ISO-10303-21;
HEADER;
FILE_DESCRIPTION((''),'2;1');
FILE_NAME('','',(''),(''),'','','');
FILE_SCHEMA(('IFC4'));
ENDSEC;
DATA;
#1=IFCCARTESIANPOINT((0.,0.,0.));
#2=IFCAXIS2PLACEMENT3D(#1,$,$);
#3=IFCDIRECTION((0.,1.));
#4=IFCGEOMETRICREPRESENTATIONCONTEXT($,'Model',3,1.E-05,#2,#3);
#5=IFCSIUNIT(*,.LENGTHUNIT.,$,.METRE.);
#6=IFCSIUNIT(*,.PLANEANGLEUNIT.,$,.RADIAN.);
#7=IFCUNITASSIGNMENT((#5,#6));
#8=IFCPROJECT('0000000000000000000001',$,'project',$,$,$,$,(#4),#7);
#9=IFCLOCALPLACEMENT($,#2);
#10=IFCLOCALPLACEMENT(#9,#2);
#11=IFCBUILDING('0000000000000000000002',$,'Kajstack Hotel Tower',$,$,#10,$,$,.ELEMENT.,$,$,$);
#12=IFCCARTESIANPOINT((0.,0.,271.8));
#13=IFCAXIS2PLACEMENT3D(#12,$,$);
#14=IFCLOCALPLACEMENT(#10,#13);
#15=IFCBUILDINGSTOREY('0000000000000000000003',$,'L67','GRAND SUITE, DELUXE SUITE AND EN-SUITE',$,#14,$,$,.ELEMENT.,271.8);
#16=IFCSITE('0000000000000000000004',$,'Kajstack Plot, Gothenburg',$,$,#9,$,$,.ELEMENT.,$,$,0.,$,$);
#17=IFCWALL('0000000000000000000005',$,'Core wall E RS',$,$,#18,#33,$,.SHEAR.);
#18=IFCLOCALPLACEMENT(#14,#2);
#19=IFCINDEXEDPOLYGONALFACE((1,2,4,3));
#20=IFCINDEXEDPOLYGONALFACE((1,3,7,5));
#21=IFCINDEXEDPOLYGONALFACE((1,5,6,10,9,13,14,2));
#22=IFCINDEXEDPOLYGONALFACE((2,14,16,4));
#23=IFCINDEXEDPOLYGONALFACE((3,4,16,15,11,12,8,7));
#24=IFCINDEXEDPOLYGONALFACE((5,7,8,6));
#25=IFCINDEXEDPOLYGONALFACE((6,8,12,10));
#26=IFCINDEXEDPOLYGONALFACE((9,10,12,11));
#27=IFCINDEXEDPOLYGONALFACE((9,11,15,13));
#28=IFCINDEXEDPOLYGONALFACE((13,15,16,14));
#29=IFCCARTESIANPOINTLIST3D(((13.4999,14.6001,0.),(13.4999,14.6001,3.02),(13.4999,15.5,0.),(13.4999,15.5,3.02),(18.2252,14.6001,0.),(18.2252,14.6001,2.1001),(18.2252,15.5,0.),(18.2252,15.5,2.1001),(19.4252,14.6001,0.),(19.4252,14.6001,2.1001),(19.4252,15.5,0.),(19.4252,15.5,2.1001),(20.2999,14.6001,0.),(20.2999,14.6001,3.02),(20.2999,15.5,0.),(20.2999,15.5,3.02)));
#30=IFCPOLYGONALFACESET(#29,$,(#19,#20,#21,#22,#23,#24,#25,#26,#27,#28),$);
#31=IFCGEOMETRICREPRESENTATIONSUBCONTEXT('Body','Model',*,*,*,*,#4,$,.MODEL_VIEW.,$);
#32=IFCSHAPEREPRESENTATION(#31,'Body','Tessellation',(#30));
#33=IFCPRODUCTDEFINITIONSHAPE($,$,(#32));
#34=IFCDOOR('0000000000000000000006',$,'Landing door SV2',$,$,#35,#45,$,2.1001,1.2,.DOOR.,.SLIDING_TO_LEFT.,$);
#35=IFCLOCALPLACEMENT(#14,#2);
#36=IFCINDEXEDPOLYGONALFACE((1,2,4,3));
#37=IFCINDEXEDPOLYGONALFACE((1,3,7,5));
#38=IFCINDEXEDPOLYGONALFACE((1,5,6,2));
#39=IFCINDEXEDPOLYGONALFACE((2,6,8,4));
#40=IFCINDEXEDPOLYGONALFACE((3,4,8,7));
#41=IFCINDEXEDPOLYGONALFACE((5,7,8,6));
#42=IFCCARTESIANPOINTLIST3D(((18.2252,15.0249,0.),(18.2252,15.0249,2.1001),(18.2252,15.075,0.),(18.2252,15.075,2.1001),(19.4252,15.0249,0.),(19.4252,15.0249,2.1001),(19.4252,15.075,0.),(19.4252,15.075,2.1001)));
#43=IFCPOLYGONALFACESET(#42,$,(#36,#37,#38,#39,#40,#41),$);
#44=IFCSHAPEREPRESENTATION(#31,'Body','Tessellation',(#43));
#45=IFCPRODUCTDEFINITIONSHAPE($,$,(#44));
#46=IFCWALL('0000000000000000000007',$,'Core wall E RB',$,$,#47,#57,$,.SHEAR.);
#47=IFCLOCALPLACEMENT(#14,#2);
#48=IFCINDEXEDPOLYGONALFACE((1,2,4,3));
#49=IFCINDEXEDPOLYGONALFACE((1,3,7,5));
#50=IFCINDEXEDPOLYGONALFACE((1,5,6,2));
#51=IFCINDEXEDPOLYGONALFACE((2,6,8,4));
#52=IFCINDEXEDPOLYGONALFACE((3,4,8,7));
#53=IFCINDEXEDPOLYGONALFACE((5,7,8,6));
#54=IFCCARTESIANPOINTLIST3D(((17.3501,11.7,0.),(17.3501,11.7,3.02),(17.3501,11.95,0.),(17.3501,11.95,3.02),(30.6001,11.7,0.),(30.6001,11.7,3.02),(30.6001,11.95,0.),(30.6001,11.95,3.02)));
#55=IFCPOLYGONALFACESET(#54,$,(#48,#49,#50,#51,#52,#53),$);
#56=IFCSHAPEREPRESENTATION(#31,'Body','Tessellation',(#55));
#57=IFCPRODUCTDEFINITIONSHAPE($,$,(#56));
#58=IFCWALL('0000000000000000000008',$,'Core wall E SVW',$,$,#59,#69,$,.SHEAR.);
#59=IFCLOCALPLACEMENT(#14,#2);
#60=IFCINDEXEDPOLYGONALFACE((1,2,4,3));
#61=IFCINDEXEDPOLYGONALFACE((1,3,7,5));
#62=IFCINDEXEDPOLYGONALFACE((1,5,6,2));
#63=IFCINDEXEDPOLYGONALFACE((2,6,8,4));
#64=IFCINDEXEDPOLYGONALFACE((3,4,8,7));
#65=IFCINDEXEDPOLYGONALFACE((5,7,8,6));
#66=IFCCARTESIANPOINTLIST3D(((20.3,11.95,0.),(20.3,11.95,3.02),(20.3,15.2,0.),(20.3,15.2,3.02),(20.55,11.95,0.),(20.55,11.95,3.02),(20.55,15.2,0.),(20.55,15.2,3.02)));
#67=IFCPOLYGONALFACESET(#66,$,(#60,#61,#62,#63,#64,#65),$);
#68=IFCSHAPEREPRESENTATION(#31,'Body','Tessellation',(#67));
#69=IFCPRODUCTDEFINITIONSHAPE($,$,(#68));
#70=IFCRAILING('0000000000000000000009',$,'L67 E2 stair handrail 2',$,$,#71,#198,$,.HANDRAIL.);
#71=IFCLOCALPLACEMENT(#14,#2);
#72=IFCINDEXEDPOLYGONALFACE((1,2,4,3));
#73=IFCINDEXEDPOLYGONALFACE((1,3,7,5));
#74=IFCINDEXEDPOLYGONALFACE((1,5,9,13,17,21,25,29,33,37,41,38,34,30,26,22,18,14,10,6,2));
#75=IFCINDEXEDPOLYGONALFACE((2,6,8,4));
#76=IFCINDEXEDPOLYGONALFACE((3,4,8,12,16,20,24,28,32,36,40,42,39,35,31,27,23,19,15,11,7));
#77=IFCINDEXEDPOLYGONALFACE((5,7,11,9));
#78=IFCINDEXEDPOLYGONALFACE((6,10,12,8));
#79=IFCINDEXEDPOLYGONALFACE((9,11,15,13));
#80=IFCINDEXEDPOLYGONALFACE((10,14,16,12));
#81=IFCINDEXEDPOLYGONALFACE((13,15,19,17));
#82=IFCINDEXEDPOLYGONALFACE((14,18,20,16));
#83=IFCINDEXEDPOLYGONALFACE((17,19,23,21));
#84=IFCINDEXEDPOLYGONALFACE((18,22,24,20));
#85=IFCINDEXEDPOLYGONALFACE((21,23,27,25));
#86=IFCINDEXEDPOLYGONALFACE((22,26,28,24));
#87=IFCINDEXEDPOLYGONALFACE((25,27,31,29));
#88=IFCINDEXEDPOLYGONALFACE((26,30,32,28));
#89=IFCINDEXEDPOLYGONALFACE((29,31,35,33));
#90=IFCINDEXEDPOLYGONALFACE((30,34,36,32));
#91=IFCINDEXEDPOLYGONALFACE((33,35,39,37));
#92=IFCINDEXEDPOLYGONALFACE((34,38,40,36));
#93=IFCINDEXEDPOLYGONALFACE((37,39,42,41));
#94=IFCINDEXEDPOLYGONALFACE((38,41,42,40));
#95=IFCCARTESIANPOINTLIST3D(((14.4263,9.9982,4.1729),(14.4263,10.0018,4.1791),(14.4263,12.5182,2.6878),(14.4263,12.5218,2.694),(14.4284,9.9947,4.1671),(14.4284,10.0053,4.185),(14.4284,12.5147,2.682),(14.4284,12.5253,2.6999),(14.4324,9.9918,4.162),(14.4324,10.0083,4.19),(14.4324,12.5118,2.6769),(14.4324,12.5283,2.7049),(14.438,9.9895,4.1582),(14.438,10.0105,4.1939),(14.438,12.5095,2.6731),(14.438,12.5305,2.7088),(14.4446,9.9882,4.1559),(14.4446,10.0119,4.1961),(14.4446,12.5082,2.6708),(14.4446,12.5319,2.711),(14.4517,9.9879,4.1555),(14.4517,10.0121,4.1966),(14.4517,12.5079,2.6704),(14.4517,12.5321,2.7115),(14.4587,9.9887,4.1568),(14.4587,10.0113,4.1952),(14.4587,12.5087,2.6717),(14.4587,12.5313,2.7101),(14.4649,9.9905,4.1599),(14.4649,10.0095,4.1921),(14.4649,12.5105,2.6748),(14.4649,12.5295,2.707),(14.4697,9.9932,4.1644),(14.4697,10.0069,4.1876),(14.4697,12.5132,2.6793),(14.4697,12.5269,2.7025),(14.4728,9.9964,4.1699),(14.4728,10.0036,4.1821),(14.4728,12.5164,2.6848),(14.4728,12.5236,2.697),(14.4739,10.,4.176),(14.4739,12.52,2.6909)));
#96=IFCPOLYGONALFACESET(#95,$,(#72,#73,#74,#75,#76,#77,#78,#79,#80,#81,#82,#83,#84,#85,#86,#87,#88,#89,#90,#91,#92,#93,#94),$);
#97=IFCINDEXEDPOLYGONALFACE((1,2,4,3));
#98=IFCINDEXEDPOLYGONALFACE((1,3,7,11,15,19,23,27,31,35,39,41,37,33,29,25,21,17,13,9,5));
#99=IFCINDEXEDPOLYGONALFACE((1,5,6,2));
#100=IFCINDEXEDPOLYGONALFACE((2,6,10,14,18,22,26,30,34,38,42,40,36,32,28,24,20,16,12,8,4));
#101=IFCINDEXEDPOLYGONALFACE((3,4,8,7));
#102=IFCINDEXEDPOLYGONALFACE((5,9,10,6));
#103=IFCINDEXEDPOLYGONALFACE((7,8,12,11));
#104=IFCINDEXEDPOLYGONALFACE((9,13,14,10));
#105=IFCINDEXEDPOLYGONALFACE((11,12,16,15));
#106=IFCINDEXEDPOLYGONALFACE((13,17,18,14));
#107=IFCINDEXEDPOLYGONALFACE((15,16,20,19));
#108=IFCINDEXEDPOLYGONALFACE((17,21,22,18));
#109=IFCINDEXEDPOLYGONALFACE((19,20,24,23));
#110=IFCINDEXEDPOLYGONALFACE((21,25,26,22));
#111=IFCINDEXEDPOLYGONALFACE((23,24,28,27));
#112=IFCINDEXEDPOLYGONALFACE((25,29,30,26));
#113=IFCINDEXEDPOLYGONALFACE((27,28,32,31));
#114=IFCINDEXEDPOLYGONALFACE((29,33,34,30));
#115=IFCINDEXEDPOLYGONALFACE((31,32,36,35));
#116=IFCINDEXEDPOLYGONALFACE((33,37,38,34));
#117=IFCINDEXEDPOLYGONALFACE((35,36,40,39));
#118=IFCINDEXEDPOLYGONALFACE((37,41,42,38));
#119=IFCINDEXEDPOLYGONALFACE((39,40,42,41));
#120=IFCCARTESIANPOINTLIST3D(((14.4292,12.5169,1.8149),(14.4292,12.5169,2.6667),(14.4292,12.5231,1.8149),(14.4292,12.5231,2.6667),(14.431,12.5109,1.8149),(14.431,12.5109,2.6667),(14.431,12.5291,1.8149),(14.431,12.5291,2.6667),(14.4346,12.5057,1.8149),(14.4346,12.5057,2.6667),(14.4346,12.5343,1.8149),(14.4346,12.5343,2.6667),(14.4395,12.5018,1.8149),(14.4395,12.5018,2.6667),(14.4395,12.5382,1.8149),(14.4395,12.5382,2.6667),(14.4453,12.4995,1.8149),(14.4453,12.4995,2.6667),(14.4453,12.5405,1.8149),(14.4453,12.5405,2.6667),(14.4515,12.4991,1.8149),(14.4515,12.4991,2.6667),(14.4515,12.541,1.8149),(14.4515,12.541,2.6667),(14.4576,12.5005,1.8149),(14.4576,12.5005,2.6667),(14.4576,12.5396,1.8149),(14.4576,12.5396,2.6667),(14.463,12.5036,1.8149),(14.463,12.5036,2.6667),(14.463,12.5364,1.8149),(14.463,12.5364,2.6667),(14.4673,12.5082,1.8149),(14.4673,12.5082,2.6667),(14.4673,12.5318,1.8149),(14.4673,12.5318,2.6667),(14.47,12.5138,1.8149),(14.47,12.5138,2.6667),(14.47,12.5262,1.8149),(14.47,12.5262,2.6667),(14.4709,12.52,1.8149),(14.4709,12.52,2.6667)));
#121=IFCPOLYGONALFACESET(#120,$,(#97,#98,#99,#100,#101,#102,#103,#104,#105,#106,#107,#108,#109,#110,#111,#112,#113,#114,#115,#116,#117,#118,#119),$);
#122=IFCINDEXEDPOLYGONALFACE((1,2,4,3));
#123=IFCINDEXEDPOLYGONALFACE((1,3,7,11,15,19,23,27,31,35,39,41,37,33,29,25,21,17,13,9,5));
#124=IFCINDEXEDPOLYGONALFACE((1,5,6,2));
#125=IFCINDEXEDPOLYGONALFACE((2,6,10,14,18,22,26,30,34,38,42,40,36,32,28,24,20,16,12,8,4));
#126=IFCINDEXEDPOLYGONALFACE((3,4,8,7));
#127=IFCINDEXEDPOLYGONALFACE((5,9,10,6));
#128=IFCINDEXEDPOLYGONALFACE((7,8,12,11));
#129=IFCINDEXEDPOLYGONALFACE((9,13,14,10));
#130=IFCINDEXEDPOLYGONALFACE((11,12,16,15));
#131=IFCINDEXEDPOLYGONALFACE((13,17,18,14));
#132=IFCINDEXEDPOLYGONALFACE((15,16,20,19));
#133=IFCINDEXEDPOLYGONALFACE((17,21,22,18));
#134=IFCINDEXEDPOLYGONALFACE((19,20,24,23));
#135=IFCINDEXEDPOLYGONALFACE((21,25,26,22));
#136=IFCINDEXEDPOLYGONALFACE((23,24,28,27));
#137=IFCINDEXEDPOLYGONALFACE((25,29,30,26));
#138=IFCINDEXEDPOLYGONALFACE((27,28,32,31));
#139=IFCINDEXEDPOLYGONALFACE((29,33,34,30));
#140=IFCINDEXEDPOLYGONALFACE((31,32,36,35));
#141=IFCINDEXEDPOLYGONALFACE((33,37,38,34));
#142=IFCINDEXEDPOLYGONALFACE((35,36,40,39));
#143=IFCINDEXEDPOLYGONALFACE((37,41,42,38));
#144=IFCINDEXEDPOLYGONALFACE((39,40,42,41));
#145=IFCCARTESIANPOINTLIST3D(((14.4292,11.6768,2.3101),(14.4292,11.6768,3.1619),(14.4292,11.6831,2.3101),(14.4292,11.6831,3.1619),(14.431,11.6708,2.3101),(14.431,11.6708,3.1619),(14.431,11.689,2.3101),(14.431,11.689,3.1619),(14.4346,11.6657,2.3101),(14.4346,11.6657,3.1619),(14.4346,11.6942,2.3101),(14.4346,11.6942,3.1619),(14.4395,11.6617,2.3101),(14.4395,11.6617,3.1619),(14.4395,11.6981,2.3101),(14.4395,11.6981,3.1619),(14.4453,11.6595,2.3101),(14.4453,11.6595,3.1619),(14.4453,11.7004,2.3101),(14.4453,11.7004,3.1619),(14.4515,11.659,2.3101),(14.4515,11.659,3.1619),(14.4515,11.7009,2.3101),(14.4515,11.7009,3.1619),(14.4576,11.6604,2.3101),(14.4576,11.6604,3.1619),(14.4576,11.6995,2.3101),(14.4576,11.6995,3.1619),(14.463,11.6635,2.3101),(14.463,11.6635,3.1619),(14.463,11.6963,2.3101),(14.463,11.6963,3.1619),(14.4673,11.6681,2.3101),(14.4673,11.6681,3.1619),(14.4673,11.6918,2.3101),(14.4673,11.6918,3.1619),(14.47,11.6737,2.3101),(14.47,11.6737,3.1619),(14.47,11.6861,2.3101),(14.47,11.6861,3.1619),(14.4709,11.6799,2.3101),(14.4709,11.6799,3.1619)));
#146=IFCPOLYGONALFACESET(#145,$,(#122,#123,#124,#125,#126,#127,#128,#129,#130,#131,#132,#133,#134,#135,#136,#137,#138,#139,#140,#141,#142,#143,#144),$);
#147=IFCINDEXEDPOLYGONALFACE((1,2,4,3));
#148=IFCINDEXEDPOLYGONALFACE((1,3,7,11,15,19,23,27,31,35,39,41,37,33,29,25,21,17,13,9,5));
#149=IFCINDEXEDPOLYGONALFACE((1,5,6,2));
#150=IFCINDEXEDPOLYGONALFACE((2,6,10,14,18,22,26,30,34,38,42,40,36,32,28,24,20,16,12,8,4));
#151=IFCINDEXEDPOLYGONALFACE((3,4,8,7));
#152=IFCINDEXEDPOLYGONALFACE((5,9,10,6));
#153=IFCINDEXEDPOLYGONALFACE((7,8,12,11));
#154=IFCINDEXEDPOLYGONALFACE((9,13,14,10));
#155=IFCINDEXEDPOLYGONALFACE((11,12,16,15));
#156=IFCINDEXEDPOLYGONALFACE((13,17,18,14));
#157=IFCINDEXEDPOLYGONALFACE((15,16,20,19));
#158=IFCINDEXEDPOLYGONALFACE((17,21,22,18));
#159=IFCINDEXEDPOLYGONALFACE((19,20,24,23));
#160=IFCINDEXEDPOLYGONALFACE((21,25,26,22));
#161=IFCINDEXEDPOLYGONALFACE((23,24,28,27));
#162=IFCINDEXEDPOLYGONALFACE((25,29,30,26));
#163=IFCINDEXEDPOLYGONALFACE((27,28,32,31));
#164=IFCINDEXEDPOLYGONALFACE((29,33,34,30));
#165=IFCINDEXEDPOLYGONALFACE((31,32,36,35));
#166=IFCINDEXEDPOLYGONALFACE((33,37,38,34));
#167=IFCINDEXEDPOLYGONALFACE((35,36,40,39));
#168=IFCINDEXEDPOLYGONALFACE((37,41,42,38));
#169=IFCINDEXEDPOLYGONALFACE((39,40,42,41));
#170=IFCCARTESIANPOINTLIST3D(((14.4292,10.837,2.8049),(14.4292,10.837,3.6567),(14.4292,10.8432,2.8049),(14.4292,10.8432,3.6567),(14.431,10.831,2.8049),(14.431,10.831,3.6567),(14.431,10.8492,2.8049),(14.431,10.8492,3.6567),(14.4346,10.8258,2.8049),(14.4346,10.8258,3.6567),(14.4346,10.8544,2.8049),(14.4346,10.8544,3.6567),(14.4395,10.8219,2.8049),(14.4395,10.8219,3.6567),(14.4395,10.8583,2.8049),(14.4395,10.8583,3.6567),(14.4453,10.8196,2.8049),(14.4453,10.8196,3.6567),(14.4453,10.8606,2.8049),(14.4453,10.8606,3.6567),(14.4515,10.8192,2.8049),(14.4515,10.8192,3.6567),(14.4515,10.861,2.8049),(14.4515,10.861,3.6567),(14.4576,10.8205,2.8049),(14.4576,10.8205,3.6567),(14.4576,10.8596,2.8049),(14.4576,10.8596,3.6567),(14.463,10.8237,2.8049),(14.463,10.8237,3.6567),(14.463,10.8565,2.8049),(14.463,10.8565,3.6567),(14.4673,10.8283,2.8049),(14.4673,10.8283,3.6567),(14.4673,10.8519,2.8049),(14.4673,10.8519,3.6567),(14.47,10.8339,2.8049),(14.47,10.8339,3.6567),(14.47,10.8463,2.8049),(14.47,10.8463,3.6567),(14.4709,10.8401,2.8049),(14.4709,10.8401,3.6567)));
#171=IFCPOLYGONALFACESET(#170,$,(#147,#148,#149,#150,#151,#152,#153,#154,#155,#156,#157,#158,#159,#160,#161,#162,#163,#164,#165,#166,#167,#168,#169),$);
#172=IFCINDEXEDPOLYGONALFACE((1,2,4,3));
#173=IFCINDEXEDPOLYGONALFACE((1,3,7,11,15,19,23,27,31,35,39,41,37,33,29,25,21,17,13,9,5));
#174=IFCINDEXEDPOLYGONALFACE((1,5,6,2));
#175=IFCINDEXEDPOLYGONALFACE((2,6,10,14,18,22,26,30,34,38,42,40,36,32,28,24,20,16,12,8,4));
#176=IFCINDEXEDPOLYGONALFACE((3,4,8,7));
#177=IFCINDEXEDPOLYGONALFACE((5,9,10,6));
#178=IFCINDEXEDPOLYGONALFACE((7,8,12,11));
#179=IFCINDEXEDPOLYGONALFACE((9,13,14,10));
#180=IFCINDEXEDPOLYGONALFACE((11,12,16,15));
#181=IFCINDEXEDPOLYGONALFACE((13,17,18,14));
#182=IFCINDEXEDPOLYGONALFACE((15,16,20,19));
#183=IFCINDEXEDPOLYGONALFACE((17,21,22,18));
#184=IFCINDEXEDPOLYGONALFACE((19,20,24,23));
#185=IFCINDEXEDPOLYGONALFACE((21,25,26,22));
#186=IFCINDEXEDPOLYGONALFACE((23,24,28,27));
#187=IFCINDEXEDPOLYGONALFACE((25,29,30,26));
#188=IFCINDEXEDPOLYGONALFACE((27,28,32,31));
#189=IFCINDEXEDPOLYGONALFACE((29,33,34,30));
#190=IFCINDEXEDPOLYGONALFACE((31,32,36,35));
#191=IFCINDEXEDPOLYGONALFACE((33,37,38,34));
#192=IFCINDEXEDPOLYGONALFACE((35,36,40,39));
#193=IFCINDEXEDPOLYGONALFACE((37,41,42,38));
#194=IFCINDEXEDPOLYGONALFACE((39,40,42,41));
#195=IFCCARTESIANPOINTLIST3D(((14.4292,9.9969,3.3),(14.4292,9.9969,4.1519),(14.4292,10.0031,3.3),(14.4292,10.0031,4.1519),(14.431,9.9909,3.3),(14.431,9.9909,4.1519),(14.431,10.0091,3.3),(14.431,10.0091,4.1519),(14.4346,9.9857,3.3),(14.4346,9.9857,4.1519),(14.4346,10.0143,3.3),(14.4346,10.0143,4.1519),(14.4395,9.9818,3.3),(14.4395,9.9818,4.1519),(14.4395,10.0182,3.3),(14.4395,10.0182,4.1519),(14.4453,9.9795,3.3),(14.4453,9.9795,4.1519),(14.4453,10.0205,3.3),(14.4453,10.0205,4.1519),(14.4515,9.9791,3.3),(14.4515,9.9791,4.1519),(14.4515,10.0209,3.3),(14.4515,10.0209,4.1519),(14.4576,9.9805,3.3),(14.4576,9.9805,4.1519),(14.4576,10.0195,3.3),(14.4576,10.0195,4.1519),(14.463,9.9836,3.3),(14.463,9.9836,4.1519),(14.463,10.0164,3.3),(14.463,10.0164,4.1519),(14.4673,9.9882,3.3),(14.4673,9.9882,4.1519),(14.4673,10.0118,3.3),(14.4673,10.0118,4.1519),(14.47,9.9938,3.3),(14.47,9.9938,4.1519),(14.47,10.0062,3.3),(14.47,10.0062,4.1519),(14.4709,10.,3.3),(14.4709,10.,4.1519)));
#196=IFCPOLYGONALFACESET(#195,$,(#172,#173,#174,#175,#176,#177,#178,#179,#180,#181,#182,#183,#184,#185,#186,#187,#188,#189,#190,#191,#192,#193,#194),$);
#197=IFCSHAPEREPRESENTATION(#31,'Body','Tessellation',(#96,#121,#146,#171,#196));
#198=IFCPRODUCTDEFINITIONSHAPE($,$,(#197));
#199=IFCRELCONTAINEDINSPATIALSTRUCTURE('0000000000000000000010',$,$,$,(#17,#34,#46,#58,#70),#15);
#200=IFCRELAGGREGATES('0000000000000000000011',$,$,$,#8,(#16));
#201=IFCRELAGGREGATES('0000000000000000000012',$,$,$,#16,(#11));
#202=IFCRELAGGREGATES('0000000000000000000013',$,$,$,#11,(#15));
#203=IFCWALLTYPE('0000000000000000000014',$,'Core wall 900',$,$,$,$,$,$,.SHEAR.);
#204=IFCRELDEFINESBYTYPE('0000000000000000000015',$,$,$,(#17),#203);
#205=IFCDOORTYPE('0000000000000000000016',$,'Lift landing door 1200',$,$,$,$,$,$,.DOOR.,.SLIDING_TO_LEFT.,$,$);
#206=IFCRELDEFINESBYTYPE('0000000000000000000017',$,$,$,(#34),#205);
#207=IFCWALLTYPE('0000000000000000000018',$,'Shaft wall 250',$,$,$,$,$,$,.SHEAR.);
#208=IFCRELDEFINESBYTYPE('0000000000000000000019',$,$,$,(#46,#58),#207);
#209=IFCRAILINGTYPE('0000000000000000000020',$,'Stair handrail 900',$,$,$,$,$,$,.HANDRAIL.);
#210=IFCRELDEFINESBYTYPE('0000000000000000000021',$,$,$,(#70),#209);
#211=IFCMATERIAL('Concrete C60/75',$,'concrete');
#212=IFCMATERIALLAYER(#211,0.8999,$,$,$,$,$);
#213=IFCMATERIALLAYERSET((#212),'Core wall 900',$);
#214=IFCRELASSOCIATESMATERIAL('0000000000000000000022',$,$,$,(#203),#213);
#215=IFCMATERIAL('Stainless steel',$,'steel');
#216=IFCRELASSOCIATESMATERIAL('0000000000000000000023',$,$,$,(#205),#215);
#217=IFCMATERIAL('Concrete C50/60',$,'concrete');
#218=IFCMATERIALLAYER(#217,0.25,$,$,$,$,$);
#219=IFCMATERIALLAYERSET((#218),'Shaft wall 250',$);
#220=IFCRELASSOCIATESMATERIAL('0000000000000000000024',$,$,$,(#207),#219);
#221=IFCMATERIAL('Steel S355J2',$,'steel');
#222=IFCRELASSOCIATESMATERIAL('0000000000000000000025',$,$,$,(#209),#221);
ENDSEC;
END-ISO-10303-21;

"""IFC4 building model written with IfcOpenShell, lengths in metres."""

from ifc_helpers import new_model, si_unit, direction, frame, frame_2d, origin, origin_2d, place, context, subcontext, project, spatial, rectangle, circle, extrude, material, layer, layer_set, type_object, element, fill, save


model = new_model("IFC4")

# Units and contexts
model_context = context("Model", 3, precision=1e-05, world=origin(), true_north=direction((0.0, 1.0)))
body_context = subcontext(model_context, "Body", "Model", "MODEL_VIEW")
ifc_project = project(units=[si_unit("LENGTHUNIT", "METRE"), si_unit("PLANEANGLEUNIT", "RADIAN")], contexts=[model_context])

# Site, building, storey
site_placement = place(None, origin())
site = spatial("IfcSite", under=ifc_project, at=site_placement, Name="Kajstack Plot, Gothenburg", CompositionType="ELEMENT", RefElevation=0.0)
building_placement = place(site_placement, origin())
building = spatial("IfcBuilding", under=site, at=building_placement, Name="Kajstack Hotel Tower", CompositionType="ELEMENT")
storey_placement = place(building_placement, frame((0.0, 0.0, 271.8)))
storey = spatial("IfcBuildingStorey", under=building, at=storey_placement, Name="L67", Description="GRAND SUITE, DELUXE SUITE AND EN-SUITE", CompositionType="ELEMENT", Elevation=271.8)

# Wall, opening, door
ifc_material_1 = material(Name="Concrete C60/75", Category="concrete")
ifc_layer_1 = layer(ifc_material_1, 0.8999)
ifc_layer_set_1 = layer_set([ifc_layer_1], Name="Core wall 900")
wall_type_1 = type_object("IfcWallType", Name="Core wall 900", PredefinedType="SHEAR", material=ifc_layer_set_1)
wall_1_placement = place(storey_placement, frame((13.5, 15.05, 0.0), z_axis=(0.0, 0.0, 1.0), x_axis=(1.0, 0.0, 0.0)))
wall_1 = element("IfcWall", 1, at=wall_1_placement, inside=storey, type_object=wall_type_1, Name="Core wall E RS", PredefinedType="SHEAR", context=body_context, shape_type="SweptSolid", body=[
    extrude(rectangle(XDim=6.8, YDim=0.8999, at=frame_2d((3.3999, 0.0))), origin(), (0.0, 0.0, 1.0), 3.02),
])
opening_placement = place(wall_1_placement, frame((4.7251, 0.0, 0.0)))
opening = element("IfcOpeningElement", 2, at=opening_placement, cuts=wall_1, PredefinedType="OPENING", context=body_context, shape_type="SweptSolid", body=[
    extrude(rectangle(XDim=1.2, YDim=2.1001, at=frame_2d((0.6001, 1.05))), frame((0.0, 0.46, 0.0), z_axis=(0.0, -1.0, 0.0), x_axis=(1.0, 0.0, 0.0)), (0.0, 0.0, 1.0), 0.9199),
])
ifc_material_2 = material(Name="Stainless steel", Category="steel")
door_type = type_object("IfcDoorType", Name="Lift landing door 1200", OperationType="SLIDING_TO_LEFT", PredefinedType="DOOR", material=ifc_material_2)
door_placement = place(opening_placement, origin())
door = element("IfcDoor", 3, at=door_placement, inside=storey, type_object=door_type, Name="Landing door SV2", OperationType="SLIDING_TO_LEFT", OverallHeight=2.1001, OverallWidth=1.2, PredefinedType="DOOR", context=body_context, shape_type="SweptSolid", body=[
    extrude(rectangle(XDim=1.2, YDim=2.1001, at=frame_2d((0.6001, 1.05))), frame((0.0, 0.0249, 0.0), z_axis=(0.0, -1.0, 0.0), x_axis=(1.0, 0.0, 0.0)), (0.0, 0.0, 1.0), 0.05),
])
fill(opening, door)

# Walls
ifc_material_3 = material(Name="Concrete C50/60", Category="concrete")
ifc_layer_2 = layer(ifc_material_3, 0.25)
ifc_layer_set_2 = layer_set([ifc_layer_2], Name="Shaft wall 250")
wall_type_2 = type_object("IfcWallType", Name="Shaft wall 250", PredefinedType="SHEAR", material=ifc_layer_set_2)
wall_2_placement = place(storey_placement, frame((17.3501, 11.825, 0.0), z_axis=(0.0, 0.0, 1.0), x_axis=(1.0, 0.0, 0.0)))
element("IfcWall", 4, at=wall_2_placement, inside=storey, type_object=wall_type_2, Name="Core wall E RB", PredefinedType="SHEAR", context=body_context, shape_type="SweptSolid", body=[
    extrude(rectangle(XDim=13.25, YDim=0.25, at=frame_2d((6.625, 0.0))), origin(), (0.0, 0.0, 1.0), 3.02),
])
wall_3_placement = place(storey_placement, frame((20.425, 11.95, 0.0), z_axis=(0.0, 0.0, 1.0), x_axis=(0.0, 1.0, 0.0)))
element("IfcWall", 5, at=wall_3_placement, inside=storey, type_object=wall_type_2, Name="Core wall E SVW", PredefinedType="SHEAR", context=body_context, shape_type="SweptSolid", body=[
    extrude(rectangle(XDim=3.25, YDim=0.25, at=frame_2d((1.625, 0.0))), origin(), (0.0, 0.0, 1.0), 3.02),
])

# Railing
ifc_material_4 = material(Name="Steel S355J2", Category="steel")
railing_type = type_object("IfcRailingType", Name="Stair handrail 900", PredefinedType="HANDRAIL", material=ifc_material_4)
railing_placement = place(storey_placement, frame((14.45, 12.52, 1.8149)))
element("IfcRailing", 6, at=railing_placement, inside=storey, type_object=railing_type, Name="L67 E2 stair handrail 2", PredefinedType="HANDRAIL", context=body_context, shape_type="SweptSolid", body=[
    extrude(circle(Radius=0.0239, at=origin_2d()), frame((0.0, 0.0, 0.876), z_axis=(0.0, -0.861524, 0.507717), x_axis=(1.0, 0.0, 0.0)), (0.0, 0.0, 1.0), 2.925),
    extrude(circle(Radius=0.021, at=origin_2d()), origin(), (0.0, 0.0, 1.0), 0.8518),
    extrude(circle(Radius=0.021, at=origin_2d()), frame((0.0, -0.8401, 0.4951)), (0.0, 0.0, 1.0), 0.8518),
    extrude(circle(Radius=0.021, at=origin_2d()), frame((0.0, -1.6799, 0.99)), (0.0, 0.0, 1.0), 0.8518),
    extrude(circle(Radius=0.021, at=origin_2d()), frame((0.0, -2.52, 1.4851)), (0.0, 0.0, 1.0), 0.8518),
])

save(model, "model.ifc")
